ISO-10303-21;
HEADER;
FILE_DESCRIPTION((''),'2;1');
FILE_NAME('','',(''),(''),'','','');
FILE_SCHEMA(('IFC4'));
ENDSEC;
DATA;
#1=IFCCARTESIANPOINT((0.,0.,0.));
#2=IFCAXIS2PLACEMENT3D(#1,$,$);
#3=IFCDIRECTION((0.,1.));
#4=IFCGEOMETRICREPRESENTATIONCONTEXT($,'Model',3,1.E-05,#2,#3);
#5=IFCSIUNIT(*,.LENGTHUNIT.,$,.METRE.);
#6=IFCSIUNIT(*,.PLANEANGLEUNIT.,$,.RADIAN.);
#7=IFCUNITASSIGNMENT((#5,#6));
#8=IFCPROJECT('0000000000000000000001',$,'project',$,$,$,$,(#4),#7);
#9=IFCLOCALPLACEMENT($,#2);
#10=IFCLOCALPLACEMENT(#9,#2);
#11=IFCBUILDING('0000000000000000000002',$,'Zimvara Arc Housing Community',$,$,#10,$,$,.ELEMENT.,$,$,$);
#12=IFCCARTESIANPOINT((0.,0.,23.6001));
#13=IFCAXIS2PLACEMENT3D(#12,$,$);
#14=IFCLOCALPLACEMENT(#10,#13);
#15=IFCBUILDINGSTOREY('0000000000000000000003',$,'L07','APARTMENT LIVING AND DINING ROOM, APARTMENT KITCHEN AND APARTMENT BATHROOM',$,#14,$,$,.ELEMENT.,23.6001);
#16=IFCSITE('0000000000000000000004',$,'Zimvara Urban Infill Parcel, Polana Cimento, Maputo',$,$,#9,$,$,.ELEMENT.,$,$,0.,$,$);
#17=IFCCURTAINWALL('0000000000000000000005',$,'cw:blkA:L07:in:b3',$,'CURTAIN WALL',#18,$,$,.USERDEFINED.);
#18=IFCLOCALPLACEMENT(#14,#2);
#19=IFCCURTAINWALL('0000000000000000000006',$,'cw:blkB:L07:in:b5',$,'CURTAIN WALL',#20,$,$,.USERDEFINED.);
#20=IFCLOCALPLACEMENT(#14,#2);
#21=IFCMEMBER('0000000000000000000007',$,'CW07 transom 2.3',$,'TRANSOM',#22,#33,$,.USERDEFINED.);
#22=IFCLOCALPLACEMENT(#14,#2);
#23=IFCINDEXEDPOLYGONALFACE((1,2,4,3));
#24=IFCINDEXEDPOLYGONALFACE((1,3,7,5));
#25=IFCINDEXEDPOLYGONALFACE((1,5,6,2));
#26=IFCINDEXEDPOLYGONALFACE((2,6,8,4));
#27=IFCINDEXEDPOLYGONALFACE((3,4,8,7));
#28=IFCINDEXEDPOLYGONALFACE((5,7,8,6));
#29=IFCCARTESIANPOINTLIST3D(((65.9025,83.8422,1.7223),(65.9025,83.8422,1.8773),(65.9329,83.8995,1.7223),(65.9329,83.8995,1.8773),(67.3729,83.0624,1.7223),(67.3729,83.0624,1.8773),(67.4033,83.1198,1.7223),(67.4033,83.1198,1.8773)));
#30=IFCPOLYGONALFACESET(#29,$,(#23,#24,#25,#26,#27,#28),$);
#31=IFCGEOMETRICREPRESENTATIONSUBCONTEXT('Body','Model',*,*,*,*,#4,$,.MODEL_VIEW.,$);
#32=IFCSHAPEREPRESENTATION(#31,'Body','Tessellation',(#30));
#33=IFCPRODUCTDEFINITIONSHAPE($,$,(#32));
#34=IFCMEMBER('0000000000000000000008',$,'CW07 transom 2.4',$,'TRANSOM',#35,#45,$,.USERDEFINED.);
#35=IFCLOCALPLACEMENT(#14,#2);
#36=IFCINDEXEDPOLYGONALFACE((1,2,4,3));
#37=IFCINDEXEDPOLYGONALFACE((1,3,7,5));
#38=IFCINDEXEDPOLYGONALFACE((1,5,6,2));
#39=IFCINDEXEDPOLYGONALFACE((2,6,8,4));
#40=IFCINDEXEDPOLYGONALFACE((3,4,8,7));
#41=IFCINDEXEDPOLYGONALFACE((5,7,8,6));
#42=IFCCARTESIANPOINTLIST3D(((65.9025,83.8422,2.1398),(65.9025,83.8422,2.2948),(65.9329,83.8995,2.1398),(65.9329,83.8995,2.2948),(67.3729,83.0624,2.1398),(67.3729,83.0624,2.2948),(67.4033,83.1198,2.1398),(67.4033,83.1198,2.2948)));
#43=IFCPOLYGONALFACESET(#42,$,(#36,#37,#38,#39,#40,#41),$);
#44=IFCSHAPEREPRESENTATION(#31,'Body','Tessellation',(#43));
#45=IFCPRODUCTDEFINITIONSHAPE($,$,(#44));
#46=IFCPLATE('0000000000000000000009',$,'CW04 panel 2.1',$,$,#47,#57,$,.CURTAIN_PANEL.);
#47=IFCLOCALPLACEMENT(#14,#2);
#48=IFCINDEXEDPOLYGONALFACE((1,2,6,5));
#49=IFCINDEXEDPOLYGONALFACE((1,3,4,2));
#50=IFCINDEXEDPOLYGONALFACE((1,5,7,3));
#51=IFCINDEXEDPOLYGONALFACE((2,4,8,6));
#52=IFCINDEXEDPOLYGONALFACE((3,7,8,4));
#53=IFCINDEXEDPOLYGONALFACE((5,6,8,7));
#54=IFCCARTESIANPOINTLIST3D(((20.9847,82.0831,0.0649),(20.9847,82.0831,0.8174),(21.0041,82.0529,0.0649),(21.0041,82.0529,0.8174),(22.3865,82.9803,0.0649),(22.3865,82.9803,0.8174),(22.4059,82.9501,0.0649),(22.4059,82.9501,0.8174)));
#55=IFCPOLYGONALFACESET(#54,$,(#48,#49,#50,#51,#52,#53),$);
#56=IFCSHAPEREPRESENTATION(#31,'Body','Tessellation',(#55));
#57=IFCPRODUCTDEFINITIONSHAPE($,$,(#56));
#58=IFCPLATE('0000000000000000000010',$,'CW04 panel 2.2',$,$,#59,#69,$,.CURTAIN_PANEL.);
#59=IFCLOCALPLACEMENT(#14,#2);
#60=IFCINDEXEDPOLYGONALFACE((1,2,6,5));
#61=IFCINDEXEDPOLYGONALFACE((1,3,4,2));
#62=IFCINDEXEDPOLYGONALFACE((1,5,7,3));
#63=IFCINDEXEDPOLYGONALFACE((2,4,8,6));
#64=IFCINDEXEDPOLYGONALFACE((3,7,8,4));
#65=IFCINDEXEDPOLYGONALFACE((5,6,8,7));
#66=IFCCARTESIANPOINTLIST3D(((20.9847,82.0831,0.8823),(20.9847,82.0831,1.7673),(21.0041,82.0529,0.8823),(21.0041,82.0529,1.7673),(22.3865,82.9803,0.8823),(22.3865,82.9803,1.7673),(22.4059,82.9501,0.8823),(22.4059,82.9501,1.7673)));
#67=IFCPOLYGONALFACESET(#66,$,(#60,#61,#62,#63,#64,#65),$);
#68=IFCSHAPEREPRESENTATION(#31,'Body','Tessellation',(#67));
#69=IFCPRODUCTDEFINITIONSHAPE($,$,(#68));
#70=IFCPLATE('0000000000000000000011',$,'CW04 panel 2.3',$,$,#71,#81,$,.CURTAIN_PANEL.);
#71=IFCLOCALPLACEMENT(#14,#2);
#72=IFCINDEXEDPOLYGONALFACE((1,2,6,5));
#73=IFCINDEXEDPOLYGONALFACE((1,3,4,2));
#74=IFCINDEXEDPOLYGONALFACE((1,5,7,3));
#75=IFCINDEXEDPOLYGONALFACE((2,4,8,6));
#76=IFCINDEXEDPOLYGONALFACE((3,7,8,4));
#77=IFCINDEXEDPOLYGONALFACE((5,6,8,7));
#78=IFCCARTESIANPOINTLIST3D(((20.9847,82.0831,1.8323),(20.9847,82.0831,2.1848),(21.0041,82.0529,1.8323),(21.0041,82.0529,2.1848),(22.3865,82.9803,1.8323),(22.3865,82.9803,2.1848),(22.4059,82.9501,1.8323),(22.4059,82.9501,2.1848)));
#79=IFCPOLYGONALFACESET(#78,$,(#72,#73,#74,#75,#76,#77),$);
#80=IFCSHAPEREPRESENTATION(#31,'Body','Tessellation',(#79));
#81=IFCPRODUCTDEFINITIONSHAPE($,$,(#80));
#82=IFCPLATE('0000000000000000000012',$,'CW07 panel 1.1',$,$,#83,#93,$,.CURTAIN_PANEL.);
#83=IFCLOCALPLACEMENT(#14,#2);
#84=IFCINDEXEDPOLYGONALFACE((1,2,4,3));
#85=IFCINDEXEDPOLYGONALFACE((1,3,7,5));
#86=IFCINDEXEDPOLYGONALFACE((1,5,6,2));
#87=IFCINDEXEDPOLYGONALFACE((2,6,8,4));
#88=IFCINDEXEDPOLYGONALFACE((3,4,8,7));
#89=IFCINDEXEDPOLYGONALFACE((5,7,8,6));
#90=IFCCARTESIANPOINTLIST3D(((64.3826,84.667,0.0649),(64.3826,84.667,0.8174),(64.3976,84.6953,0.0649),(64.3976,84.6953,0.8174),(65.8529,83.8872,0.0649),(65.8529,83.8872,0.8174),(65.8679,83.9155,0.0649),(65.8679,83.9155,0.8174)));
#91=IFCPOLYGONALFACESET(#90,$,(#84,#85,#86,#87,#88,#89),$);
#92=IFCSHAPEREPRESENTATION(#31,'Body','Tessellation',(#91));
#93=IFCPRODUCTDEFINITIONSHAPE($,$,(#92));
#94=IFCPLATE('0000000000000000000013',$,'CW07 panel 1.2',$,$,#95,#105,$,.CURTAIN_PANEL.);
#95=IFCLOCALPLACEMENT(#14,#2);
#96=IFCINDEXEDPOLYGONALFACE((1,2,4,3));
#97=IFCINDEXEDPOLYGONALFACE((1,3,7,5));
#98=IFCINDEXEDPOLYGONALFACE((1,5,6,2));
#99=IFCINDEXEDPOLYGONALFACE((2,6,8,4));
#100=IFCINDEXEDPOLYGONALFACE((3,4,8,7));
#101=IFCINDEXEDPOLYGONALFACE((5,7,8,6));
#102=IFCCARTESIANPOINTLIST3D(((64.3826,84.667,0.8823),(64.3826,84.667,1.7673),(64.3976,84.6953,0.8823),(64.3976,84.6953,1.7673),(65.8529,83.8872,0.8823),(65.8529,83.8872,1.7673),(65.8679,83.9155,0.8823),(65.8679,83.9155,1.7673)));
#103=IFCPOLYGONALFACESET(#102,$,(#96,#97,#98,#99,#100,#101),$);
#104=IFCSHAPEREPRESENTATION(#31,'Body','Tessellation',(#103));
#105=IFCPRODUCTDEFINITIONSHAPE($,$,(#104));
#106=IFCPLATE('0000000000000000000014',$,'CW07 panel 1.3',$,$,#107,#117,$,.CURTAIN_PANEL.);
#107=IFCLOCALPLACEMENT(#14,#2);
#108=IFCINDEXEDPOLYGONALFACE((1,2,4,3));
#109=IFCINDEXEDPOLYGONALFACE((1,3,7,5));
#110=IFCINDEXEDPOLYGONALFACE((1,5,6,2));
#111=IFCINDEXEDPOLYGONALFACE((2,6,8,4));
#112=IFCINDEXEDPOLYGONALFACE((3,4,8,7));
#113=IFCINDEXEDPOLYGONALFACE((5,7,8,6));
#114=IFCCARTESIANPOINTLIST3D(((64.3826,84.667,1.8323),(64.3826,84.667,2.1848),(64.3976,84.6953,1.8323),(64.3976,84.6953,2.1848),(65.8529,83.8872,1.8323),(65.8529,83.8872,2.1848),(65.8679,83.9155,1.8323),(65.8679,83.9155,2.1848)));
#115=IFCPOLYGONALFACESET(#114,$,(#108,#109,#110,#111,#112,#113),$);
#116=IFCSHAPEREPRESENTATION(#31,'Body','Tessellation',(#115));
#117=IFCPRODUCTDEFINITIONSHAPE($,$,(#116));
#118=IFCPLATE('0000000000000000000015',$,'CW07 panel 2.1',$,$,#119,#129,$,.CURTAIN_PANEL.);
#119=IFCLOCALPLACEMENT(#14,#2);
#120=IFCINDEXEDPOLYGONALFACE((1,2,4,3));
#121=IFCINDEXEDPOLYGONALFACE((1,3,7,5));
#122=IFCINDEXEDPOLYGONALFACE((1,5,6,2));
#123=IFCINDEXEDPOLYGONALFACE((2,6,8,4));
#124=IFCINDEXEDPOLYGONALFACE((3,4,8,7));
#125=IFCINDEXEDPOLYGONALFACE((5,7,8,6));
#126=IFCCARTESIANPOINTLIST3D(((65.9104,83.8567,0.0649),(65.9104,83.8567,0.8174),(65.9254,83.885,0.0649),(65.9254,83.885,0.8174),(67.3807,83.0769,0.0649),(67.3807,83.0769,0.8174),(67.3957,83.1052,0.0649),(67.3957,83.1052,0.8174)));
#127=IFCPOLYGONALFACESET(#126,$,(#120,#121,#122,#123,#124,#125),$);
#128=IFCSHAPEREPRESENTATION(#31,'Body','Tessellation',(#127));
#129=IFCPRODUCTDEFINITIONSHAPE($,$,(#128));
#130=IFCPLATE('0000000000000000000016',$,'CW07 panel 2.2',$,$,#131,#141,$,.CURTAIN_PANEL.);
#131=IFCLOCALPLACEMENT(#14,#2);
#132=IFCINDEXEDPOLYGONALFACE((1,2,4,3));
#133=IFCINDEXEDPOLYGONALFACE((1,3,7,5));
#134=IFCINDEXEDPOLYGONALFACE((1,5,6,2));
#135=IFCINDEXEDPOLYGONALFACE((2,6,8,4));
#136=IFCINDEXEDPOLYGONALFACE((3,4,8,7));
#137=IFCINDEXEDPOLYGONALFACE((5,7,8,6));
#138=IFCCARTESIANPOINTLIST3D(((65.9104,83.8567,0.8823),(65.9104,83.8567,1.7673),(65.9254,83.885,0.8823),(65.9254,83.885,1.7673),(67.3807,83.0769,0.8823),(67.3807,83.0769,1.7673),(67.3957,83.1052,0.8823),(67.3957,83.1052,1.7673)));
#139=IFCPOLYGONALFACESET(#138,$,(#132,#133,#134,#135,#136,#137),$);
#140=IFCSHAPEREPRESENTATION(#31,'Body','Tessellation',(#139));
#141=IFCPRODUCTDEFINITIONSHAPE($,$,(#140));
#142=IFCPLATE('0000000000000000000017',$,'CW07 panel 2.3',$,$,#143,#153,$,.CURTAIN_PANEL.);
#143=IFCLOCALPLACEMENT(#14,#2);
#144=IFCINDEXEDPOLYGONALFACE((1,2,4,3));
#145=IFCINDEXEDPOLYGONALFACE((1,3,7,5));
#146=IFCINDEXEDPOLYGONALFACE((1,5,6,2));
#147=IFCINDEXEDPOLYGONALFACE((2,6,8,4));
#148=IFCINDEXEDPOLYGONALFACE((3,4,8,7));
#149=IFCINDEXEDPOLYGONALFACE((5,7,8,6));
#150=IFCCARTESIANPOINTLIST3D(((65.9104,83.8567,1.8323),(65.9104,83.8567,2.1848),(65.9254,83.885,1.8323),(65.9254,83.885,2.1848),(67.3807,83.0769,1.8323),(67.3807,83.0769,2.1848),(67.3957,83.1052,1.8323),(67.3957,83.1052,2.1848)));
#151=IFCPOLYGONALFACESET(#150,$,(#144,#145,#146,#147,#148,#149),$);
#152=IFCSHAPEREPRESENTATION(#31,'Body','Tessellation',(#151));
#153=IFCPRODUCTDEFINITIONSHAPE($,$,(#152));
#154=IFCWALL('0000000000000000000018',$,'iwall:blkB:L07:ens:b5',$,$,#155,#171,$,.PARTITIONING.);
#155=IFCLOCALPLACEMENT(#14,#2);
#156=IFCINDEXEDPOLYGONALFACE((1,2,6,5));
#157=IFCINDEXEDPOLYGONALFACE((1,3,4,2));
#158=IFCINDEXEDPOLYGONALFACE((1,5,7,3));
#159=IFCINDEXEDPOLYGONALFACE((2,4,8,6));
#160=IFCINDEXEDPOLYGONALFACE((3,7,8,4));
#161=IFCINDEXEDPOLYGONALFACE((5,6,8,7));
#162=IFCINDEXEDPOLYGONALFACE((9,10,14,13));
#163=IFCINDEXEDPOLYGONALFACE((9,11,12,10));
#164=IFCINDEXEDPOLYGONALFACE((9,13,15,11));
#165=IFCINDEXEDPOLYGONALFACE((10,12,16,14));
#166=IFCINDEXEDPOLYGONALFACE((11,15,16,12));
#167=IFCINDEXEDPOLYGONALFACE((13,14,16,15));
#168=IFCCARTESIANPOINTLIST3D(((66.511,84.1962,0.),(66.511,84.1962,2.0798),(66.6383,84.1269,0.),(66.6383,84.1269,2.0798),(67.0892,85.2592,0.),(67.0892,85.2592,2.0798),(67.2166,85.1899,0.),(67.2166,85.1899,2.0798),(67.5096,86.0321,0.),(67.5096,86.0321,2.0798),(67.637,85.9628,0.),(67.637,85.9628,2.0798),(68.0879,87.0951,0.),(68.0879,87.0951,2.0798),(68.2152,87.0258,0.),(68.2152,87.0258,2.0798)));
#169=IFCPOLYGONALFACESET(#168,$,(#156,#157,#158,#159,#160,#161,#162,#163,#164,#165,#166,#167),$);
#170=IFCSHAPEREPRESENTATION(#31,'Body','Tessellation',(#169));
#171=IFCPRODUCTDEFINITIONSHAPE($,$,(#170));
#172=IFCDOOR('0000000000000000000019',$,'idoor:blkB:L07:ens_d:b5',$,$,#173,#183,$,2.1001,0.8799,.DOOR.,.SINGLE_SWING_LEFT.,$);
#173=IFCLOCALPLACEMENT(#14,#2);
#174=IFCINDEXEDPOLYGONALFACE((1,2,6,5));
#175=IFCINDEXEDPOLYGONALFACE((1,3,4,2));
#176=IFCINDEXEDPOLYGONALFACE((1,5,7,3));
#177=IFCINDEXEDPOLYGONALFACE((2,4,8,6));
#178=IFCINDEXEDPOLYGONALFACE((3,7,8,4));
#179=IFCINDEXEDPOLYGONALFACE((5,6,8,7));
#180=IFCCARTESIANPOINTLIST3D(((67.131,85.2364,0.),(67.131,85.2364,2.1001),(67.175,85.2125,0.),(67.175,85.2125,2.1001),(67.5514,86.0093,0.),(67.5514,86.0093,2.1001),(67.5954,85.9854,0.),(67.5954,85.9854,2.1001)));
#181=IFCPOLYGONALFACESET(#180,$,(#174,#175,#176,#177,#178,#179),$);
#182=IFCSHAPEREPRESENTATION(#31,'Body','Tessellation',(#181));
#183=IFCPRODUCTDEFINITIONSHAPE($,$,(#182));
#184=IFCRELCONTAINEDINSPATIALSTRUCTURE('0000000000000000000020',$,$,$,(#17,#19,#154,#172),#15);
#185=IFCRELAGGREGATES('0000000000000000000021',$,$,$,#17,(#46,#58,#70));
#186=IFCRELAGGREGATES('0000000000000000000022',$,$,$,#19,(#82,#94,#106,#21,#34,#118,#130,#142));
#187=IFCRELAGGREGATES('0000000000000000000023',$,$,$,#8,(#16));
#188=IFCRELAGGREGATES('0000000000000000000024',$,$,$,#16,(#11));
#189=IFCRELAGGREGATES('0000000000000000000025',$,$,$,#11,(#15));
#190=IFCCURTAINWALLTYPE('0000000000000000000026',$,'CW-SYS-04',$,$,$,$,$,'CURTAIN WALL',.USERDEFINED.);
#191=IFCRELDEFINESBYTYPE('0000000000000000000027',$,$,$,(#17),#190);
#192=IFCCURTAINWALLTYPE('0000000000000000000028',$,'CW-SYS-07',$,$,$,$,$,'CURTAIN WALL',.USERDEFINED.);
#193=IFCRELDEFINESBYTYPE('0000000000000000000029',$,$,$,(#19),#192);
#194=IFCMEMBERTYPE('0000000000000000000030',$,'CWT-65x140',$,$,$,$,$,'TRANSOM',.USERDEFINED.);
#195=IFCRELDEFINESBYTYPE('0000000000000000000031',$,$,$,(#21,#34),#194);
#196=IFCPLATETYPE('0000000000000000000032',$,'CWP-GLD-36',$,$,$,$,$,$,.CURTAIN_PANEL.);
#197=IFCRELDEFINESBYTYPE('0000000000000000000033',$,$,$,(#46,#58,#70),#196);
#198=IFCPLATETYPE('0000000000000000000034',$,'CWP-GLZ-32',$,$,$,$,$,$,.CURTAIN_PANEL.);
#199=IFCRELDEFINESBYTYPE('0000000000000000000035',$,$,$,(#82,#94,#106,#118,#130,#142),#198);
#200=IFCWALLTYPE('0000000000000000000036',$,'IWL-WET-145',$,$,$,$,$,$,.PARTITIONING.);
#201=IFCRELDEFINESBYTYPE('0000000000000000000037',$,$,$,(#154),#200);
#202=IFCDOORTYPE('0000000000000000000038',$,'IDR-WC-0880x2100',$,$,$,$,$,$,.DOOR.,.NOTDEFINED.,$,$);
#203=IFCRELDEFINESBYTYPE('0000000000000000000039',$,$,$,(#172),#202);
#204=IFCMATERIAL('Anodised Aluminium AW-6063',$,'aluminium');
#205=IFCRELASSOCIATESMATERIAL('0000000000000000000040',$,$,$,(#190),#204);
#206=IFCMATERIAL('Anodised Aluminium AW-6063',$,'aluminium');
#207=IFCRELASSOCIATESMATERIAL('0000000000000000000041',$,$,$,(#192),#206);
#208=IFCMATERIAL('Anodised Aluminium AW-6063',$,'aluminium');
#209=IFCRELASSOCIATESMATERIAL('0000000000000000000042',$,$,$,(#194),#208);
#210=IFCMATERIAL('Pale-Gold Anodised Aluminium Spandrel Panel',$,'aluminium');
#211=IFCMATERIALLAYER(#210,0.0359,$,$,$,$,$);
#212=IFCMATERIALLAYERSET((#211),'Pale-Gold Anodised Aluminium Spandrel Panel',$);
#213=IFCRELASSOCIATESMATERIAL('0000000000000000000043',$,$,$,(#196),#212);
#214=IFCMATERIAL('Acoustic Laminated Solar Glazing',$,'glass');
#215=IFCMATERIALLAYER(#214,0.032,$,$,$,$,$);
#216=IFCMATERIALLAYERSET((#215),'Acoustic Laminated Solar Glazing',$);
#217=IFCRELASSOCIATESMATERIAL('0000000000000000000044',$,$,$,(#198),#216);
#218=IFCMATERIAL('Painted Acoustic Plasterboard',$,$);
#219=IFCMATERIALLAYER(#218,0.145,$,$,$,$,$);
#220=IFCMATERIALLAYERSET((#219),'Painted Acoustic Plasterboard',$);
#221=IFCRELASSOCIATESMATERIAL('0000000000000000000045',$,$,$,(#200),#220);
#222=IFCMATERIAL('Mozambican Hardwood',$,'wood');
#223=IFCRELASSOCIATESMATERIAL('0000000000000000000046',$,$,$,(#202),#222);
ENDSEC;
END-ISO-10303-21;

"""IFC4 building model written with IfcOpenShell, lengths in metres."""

from ifc_helpers import new_model, si_unit, direction, frame, frame_2d, origin, origin_2d, place, context, subcontext, project, spatial, rectangle, extrude, material, layer, layer_set, material_profile, profile_set, type_object, element, fill, aggregate, save


model = new_model("IFC4")

# Units and contexts
model_context = context("Model", 3, precision=1e-05, world=origin(), true_north=direction((0.0, 1.0)))
body_context = subcontext(model_context, "Body", "Model", "MODEL_VIEW")
ifc_project = project(units=[si_unit("LENGTHUNIT", "METRE"), si_unit("PLANEANGLEUNIT", "RADIAN")], contexts=[model_context])

# Site, building, storey
site_placement = place(None, origin())
site = spatial("IfcSite", under=ifc_project, at=site_placement, Name="Zimvara Urban Infill Parcel, Polana Cimento, Maputo", CompositionType="ELEMENT", RefElevation=0.0)
building_placement = place(site_placement, origin())
building = spatial("IfcBuilding", under=site, at=building_placement, Name="Zimvara Arc Housing Community", CompositionType="ELEMENT")
storey_placement = place(building_placement, frame((0.0, 0.0, 23.6001)))
storey = spatial("IfcBuildingStorey", under=building, at=storey_placement, Name="L07", Description="APARTMENT LIVING AND DINING ROOM, APARTMENT KITCHEN AND APARTMENT BATHROOM", CompositionType="ELEMENT", Elevation=23.6001)

# Curtain walls
ifc_material_1 = material(Name="Anodised Aluminium AW-6063", Category="aluminium")
curtain_wall_type_1 = type_object("IfcCurtainWallType", Name="CW-SYS-04", ElementType="CURTAIN WALL", PredefinedType="USERDEFINED", material=ifc_material_1)
curtain_wall_1_placement = place(storey_placement, origin())
curtain_wall_1 = element("IfcCurtainWall", 1, at=curtain_wall_1_placement, inside=storey, type_object=curtain_wall_type_1, Name="cw:blkA:L07:in:b3", ObjectType="CURTAIN WALL", PredefinedType="USERDEFINED")
ifc_material_2 = material(Name="Anodised Aluminium AW-6063", Category="aluminium")
curtain_wall_type_2 = type_object("IfcCurtainWallType", Name="CW-SYS-07", ElementType="CURTAIN WALL", PredefinedType="USERDEFINED", material=ifc_material_2)
curtain_wall_2_placement = place(storey_placement, origin())
curtain_wall_2 = element("IfcCurtainWall", 2, at=curtain_wall_2_placement, inside=storey, type_object=curtain_wall_type_2, Name="cw:blkB:L07:in:b5", ObjectType="CURTAIN WALL", PredefinedType="USERDEFINED")

# Members
ifc_material_3 = material(Name="Anodised Aluminium AW-6063", Category="aluminium")
ifc_material_profile_1 = material_profile(ifc_material_3, rectangle(XDim=0.0649, YDim=0.155, at=origin_2d()), Name="ALU 65x155")
ifc_profile_set_1 = profile_set([ifc_material_profile_1], Name="Anodised Aluminium AW-6063")
member_type_1 = type_object("IfcMemberType", Name="CWT-65x140", ElementType="TRANSOM", PredefinedType="USERDEFINED", material=ifc_profile_set_1)
member_1_placement = place(storey_placement, frame((65.9177, 83.8708, 1.7998), z_axis=(0.883463, -0.468501, 0.0), x_axis=(0.468501, 0.883463, 0.0)))
member_1 = element("IfcMember", 3, at=member_1_placement, type_object=member_type_1, Name="CW07 transom 2.3", ObjectType="TRANSOM", PredefinedType="USERDEFINED", context=body_context, shape_type="SweptSolid", body=[
    extrude(rectangle(XDim=0.0649, YDim=0.155, at=origin_2d()), origin(), (0.0, 0.0, 1.0), 1.6643),
])
member_2_placement = place(storey_placement, frame((65.9177, 83.8708, 2.2173), z_axis=(0.883463, -0.468501, 0.0), x_axis=(0.468501, 0.883463, 0.0)))
member_2 = element("IfcMember", 4, at=member_2_placement, type_object=member_type_1, Name="CW07 transom 2.4", ObjectType="TRANSOM", PredefinedType="USERDEFINED", context=body_context, shape_type="SweptSolid", body=[
    extrude(rectangle(XDim=0.0649, YDim=0.155, at=origin_2d()), origin(), (0.0, 0.0, 1.0), 1.6643),
])

# Plates
ifc_material_4 = material(Name="Pale-Gold Anodised Aluminium Spandrel Panel", Category="aluminium")
ifc_layer_1 = layer(ifc_material_4, 0.0359)
ifc_layer_set_1 = layer_set([ifc_layer_1], Name="Pale-Gold Anodised Aluminium Spandrel Panel")
plate_type_1 = type_object("IfcPlateType", Name="CWP-GLD-36", PredefinedType="CURTAIN_PANEL", material=ifc_layer_set_1)
plate_1_placement = place(storey_placement, frame((21.6953, 82.5166, 0.0649), z_axis=(0.0, 0.0, 1.0), x_axis=(0.842265, 0.539064, 0.0)))
plate_1 = element("IfcPlate", 5, at=plate_1_placement, type_object=plate_type_1, Name="CW04 panel 2.1", PredefinedType="CURTAIN_PANEL", context=body_context, shape_type="SweptSolid", body=[
    extrude(rectangle(XDim=1.6643, YDim=0.0359, at=origin_2d()), origin(), (0.0, 0.0, 1.0), 0.7524),
])
plate_2_placement = place(storey_placement, frame((21.6953, 82.5166, 0.8823), z_axis=(0.0, 0.0, 1.0), x_axis=(0.842265, 0.539064, 0.0)))
plate_2 = element("IfcPlate", 6, at=plate_2_placement, type_object=plate_type_1, Name="CW04 panel 2.2", PredefinedType="CURTAIN_PANEL", context=body_context, shape_type="SweptSolid", body=[
    extrude(rectangle(XDim=1.6643, YDim=0.0359, at=origin_2d()), origin(), (0.0, 0.0, 1.0), 0.885),
])
plate_3_placement = place(storey_placement, frame((21.6953, 82.5166, 1.8323), z_axis=(0.0, 0.0, 1.0), x_axis=(0.842265, 0.539064, 0.0)))
plate_3 = element("IfcPlate", 7, at=plate_3_placement, type_object=plate_type_1, Name="CW04 panel 2.3", PredefinedType="CURTAIN_PANEL", context=body_context, shape_type="SweptSolid", body=[
    extrude(rectangle(XDim=1.6643, YDim=0.0359, at=origin_2d()), origin(), (0.0, 0.0, 1.0), 0.3525),
])
aggregate(curtain_wall_1, [plate_1, plate_2, plate_3])
ifc_material_5 = material(Name="Acoustic Laminated Solar Glazing", Category="glass")
ifc_layer_2 = layer(ifc_material_5, 0.032)
ifc_layer_set_2 = layer_set([ifc_layer_2], Name="Acoustic Laminated Solar Glazing")
plate_type_2 = type_object("IfcPlateType", Name="CWP-GLZ-32", PredefinedType="CURTAIN_PANEL", material=ifc_layer_set_2)
plate_4_placement = place(storey_placement, frame((65.1252, 84.2913, 0.0649), z_axis=(0.0, 0.0, 1.0), x_axis=(0.88344, -0.468545, 0.0)))
plate_4 = element("IfcPlate", 8, at=plate_4_placement, type_object=plate_type_2, Name="CW07 panel 1.1", PredefinedType="CURTAIN_PANEL", context=body_context, shape_type="SweptSolid", body=[
    extrude(rectangle(XDim=1.6643, YDim=0.032, at=origin_2d()), origin(), (0.0, 0.0, 1.0), 0.7524),
])
plate_5_placement = place(storey_placement, frame((65.1252, 84.2913, 0.8823), z_axis=(0.0, 0.0, 1.0), x_axis=(0.88344, -0.468545, 0.0)))
plate_5 = element("IfcPlate", 9, at=plate_5_placement, type_object=plate_type_2, Name="CW07 panel 1.2", PredefinedType="CURTAIN_PANEL", context=body_context, shape_type="SweptSolid", body=[
    extrude(rectangle(XDim=1.6643, YDim=0.032, at=origin_2d()), origin(), (0.0, 0.0, 1.0), 0.885),
])
plate_6_placement = place(storey_placement, frame((65.1252, 84.2913, 1.8323), z_axis=(0.0, 0.0, 1.0), x_axis=(0.88344, -0.468545, 0.0)))
plate_6 = element("IfcPlate", 10, at=plate_6_placement, type_object=plate_type_2, Name="CW07 panel 1.3", PredefinedType="CURTAIN_PANEL", context=body_context, shape_type="SweptSolid", body=[
    extrude(rectangle(XDim=1.6643, YDim=0.032, at=origin_2d()), origin(), (0.0, 0.0, 1.0), 0.3525),
])
plate_7_placement = place(storey_placement, frame((66.6531, 83.481, 0.0649), z_axis=(0.0, 0.0, 1.0), x_axis=(0.88344, -0.468545, 0.0)))
plate_7 = element("IfcPlate", 11, at=plate_7_placement, type_object=plate_type_2, Name="CW07 panel 2.1", PredefinedType="CURTAIN_PANEL", context=body_context, shape_type="SweptSolid", body=[
    extrude(rectangle(XDim=1.6643, YDim=0.032, at=origin_2d()), origin(), (0.0, 0.0, 1.0), 0.7524),
])
plate_8_placement = place(storey_placement, frame((66.6531, 83.481, 0.8823), z_axis=(0.0, 0.0, 1.0), x_axis=(0.88344, -0.468545, 0.0)))
plate_8 = element("IfcPlate", 12, at=plate_8_placement, type_object=plate_type_2, Name="CW07 panel 2.2", PredefinedType="CURTAIN_PANEL", context=body_context, shape_type="SweptSolid", body=[
    extrude(rectangle(XDim=1.6643, YDim=0.032, at=origin_2d()), origin(), (0.0, 0.0, 1.0), 0.885),
])
plate_9_placement = place(storey_placement, frame((66.6531, 83.481, 1.8323), z_axis=(0.0, 0.0, 1.0), x_axis=(0.88344, -0.468545, 0.0)))
plate_9 = element("IfcPlate", 13, at=plate_9_placement, type_object=plate_type_2, Name="CW07 panel 2.3", PredefinedType="CURTAIN_PANEL", context=body_context, shape_type="SweptSolid", body=[
    extrude(rectangle(XDim=1.6643, YDim=0.032, at=origin_2d()), origin(), (0.0, 0.0, 1.0), 0.3525),
])
aggregate(curtain_wall_2, [plate_4, plate_5, plate_6, member_1, member_2, plate_7, plate_8, plate_9])

# Wall, opening, door
ifc_material_6 = material(Name="Painted Acoustic Plasterboard")
ifc_layer_3 = layer(ifc_material_6, 0.145)
ifc_layer_set_3 = layer_set([ifc_layer_3], Name="Painted Acoustic Plasterboard")
wall_type_1 = type_object("IfcWallType", Name="IWL-WET-145", PredefinedType="PARTITIONING", material=ifc_layer_set_3)
wall_1_placement = place(storey_placement, frame((66.5747, 84.1616, 0.0), z_axis=(0.0, 0.0, 1.0), x_axis=(0.477841, 0.878446, 0.0)))
wall_1 = element("IfcWall", 14, at=wall_1_placement, inside=storey, type_object=wall_type_1, Name="iwall:blkB:L07:ens:b5", PredefinedType="PARTITIONING", context=body_context, shape_type="SweptSolid", body=[
    extrude(rectangle(XDim=3.3, YDim=0.145, at=frame_2d((1.6499, 0.0))), origin(), (0.0, 0.0, 1.0), 2.0798),
])
opening_1_placement = place(wall_1_placement, frame((1.21, 0.0, 0.0)))
opening_1 = element("IfcOpeningElement", 15, at=opening_1_placement, cuts=wall_1, PredefinedType="OPENING", context=body_context, shape_type="SweptSolid", body=[
    extrude(rectangle(XDim=0.8799, YDim=2.1001, at=frame_2d((0.4399, 1.05))), frame((0.0, 0.0825, 0.0), z_axis=(0.0, -1.0, 0.0), x_axis=(1.0, 0.0, 0.0)), (0.0, 0.0, 1.0), 0.165),
])
ifc_material_7 = material(Name="Mozambican Hardwood", Category="wood")
door_type_1 = type_object("IfcDoorType", Name="IDR-WC-0880x2100", OperationType="NOTDEFINED", PredefinedType="DOOR", material=ifc_material_7)
door_1_placement = place(opening_1_placement, origin())
door_1 = element("IfcDoor", 16, at=door_1_placement, inside=storey, type_object=door_type_1, Name="idoor:blkB:L07:ens_d:b5", OperationType="SINGLE_SWING_LEFT", OverallHeight=2.1001, OverallWidth=0.8799, PredefinedType="DOOR", context=body_context, shape_type="SweptSolid", body=[
    extrude(rectangle(XDim=0.8799, YDim=2.1001, at=frame_2d((0.4399, 1.05))), frame((0.0, 0.0249, 0.0), z_axis=(0.0, -1.0, 0.0), x_axis=(1.0, 0.0, 0.0)), (0.0, 0.0, 1.0), 0.05),
])
fill(opening_1, door_1)

save(model, "model.ifc")
